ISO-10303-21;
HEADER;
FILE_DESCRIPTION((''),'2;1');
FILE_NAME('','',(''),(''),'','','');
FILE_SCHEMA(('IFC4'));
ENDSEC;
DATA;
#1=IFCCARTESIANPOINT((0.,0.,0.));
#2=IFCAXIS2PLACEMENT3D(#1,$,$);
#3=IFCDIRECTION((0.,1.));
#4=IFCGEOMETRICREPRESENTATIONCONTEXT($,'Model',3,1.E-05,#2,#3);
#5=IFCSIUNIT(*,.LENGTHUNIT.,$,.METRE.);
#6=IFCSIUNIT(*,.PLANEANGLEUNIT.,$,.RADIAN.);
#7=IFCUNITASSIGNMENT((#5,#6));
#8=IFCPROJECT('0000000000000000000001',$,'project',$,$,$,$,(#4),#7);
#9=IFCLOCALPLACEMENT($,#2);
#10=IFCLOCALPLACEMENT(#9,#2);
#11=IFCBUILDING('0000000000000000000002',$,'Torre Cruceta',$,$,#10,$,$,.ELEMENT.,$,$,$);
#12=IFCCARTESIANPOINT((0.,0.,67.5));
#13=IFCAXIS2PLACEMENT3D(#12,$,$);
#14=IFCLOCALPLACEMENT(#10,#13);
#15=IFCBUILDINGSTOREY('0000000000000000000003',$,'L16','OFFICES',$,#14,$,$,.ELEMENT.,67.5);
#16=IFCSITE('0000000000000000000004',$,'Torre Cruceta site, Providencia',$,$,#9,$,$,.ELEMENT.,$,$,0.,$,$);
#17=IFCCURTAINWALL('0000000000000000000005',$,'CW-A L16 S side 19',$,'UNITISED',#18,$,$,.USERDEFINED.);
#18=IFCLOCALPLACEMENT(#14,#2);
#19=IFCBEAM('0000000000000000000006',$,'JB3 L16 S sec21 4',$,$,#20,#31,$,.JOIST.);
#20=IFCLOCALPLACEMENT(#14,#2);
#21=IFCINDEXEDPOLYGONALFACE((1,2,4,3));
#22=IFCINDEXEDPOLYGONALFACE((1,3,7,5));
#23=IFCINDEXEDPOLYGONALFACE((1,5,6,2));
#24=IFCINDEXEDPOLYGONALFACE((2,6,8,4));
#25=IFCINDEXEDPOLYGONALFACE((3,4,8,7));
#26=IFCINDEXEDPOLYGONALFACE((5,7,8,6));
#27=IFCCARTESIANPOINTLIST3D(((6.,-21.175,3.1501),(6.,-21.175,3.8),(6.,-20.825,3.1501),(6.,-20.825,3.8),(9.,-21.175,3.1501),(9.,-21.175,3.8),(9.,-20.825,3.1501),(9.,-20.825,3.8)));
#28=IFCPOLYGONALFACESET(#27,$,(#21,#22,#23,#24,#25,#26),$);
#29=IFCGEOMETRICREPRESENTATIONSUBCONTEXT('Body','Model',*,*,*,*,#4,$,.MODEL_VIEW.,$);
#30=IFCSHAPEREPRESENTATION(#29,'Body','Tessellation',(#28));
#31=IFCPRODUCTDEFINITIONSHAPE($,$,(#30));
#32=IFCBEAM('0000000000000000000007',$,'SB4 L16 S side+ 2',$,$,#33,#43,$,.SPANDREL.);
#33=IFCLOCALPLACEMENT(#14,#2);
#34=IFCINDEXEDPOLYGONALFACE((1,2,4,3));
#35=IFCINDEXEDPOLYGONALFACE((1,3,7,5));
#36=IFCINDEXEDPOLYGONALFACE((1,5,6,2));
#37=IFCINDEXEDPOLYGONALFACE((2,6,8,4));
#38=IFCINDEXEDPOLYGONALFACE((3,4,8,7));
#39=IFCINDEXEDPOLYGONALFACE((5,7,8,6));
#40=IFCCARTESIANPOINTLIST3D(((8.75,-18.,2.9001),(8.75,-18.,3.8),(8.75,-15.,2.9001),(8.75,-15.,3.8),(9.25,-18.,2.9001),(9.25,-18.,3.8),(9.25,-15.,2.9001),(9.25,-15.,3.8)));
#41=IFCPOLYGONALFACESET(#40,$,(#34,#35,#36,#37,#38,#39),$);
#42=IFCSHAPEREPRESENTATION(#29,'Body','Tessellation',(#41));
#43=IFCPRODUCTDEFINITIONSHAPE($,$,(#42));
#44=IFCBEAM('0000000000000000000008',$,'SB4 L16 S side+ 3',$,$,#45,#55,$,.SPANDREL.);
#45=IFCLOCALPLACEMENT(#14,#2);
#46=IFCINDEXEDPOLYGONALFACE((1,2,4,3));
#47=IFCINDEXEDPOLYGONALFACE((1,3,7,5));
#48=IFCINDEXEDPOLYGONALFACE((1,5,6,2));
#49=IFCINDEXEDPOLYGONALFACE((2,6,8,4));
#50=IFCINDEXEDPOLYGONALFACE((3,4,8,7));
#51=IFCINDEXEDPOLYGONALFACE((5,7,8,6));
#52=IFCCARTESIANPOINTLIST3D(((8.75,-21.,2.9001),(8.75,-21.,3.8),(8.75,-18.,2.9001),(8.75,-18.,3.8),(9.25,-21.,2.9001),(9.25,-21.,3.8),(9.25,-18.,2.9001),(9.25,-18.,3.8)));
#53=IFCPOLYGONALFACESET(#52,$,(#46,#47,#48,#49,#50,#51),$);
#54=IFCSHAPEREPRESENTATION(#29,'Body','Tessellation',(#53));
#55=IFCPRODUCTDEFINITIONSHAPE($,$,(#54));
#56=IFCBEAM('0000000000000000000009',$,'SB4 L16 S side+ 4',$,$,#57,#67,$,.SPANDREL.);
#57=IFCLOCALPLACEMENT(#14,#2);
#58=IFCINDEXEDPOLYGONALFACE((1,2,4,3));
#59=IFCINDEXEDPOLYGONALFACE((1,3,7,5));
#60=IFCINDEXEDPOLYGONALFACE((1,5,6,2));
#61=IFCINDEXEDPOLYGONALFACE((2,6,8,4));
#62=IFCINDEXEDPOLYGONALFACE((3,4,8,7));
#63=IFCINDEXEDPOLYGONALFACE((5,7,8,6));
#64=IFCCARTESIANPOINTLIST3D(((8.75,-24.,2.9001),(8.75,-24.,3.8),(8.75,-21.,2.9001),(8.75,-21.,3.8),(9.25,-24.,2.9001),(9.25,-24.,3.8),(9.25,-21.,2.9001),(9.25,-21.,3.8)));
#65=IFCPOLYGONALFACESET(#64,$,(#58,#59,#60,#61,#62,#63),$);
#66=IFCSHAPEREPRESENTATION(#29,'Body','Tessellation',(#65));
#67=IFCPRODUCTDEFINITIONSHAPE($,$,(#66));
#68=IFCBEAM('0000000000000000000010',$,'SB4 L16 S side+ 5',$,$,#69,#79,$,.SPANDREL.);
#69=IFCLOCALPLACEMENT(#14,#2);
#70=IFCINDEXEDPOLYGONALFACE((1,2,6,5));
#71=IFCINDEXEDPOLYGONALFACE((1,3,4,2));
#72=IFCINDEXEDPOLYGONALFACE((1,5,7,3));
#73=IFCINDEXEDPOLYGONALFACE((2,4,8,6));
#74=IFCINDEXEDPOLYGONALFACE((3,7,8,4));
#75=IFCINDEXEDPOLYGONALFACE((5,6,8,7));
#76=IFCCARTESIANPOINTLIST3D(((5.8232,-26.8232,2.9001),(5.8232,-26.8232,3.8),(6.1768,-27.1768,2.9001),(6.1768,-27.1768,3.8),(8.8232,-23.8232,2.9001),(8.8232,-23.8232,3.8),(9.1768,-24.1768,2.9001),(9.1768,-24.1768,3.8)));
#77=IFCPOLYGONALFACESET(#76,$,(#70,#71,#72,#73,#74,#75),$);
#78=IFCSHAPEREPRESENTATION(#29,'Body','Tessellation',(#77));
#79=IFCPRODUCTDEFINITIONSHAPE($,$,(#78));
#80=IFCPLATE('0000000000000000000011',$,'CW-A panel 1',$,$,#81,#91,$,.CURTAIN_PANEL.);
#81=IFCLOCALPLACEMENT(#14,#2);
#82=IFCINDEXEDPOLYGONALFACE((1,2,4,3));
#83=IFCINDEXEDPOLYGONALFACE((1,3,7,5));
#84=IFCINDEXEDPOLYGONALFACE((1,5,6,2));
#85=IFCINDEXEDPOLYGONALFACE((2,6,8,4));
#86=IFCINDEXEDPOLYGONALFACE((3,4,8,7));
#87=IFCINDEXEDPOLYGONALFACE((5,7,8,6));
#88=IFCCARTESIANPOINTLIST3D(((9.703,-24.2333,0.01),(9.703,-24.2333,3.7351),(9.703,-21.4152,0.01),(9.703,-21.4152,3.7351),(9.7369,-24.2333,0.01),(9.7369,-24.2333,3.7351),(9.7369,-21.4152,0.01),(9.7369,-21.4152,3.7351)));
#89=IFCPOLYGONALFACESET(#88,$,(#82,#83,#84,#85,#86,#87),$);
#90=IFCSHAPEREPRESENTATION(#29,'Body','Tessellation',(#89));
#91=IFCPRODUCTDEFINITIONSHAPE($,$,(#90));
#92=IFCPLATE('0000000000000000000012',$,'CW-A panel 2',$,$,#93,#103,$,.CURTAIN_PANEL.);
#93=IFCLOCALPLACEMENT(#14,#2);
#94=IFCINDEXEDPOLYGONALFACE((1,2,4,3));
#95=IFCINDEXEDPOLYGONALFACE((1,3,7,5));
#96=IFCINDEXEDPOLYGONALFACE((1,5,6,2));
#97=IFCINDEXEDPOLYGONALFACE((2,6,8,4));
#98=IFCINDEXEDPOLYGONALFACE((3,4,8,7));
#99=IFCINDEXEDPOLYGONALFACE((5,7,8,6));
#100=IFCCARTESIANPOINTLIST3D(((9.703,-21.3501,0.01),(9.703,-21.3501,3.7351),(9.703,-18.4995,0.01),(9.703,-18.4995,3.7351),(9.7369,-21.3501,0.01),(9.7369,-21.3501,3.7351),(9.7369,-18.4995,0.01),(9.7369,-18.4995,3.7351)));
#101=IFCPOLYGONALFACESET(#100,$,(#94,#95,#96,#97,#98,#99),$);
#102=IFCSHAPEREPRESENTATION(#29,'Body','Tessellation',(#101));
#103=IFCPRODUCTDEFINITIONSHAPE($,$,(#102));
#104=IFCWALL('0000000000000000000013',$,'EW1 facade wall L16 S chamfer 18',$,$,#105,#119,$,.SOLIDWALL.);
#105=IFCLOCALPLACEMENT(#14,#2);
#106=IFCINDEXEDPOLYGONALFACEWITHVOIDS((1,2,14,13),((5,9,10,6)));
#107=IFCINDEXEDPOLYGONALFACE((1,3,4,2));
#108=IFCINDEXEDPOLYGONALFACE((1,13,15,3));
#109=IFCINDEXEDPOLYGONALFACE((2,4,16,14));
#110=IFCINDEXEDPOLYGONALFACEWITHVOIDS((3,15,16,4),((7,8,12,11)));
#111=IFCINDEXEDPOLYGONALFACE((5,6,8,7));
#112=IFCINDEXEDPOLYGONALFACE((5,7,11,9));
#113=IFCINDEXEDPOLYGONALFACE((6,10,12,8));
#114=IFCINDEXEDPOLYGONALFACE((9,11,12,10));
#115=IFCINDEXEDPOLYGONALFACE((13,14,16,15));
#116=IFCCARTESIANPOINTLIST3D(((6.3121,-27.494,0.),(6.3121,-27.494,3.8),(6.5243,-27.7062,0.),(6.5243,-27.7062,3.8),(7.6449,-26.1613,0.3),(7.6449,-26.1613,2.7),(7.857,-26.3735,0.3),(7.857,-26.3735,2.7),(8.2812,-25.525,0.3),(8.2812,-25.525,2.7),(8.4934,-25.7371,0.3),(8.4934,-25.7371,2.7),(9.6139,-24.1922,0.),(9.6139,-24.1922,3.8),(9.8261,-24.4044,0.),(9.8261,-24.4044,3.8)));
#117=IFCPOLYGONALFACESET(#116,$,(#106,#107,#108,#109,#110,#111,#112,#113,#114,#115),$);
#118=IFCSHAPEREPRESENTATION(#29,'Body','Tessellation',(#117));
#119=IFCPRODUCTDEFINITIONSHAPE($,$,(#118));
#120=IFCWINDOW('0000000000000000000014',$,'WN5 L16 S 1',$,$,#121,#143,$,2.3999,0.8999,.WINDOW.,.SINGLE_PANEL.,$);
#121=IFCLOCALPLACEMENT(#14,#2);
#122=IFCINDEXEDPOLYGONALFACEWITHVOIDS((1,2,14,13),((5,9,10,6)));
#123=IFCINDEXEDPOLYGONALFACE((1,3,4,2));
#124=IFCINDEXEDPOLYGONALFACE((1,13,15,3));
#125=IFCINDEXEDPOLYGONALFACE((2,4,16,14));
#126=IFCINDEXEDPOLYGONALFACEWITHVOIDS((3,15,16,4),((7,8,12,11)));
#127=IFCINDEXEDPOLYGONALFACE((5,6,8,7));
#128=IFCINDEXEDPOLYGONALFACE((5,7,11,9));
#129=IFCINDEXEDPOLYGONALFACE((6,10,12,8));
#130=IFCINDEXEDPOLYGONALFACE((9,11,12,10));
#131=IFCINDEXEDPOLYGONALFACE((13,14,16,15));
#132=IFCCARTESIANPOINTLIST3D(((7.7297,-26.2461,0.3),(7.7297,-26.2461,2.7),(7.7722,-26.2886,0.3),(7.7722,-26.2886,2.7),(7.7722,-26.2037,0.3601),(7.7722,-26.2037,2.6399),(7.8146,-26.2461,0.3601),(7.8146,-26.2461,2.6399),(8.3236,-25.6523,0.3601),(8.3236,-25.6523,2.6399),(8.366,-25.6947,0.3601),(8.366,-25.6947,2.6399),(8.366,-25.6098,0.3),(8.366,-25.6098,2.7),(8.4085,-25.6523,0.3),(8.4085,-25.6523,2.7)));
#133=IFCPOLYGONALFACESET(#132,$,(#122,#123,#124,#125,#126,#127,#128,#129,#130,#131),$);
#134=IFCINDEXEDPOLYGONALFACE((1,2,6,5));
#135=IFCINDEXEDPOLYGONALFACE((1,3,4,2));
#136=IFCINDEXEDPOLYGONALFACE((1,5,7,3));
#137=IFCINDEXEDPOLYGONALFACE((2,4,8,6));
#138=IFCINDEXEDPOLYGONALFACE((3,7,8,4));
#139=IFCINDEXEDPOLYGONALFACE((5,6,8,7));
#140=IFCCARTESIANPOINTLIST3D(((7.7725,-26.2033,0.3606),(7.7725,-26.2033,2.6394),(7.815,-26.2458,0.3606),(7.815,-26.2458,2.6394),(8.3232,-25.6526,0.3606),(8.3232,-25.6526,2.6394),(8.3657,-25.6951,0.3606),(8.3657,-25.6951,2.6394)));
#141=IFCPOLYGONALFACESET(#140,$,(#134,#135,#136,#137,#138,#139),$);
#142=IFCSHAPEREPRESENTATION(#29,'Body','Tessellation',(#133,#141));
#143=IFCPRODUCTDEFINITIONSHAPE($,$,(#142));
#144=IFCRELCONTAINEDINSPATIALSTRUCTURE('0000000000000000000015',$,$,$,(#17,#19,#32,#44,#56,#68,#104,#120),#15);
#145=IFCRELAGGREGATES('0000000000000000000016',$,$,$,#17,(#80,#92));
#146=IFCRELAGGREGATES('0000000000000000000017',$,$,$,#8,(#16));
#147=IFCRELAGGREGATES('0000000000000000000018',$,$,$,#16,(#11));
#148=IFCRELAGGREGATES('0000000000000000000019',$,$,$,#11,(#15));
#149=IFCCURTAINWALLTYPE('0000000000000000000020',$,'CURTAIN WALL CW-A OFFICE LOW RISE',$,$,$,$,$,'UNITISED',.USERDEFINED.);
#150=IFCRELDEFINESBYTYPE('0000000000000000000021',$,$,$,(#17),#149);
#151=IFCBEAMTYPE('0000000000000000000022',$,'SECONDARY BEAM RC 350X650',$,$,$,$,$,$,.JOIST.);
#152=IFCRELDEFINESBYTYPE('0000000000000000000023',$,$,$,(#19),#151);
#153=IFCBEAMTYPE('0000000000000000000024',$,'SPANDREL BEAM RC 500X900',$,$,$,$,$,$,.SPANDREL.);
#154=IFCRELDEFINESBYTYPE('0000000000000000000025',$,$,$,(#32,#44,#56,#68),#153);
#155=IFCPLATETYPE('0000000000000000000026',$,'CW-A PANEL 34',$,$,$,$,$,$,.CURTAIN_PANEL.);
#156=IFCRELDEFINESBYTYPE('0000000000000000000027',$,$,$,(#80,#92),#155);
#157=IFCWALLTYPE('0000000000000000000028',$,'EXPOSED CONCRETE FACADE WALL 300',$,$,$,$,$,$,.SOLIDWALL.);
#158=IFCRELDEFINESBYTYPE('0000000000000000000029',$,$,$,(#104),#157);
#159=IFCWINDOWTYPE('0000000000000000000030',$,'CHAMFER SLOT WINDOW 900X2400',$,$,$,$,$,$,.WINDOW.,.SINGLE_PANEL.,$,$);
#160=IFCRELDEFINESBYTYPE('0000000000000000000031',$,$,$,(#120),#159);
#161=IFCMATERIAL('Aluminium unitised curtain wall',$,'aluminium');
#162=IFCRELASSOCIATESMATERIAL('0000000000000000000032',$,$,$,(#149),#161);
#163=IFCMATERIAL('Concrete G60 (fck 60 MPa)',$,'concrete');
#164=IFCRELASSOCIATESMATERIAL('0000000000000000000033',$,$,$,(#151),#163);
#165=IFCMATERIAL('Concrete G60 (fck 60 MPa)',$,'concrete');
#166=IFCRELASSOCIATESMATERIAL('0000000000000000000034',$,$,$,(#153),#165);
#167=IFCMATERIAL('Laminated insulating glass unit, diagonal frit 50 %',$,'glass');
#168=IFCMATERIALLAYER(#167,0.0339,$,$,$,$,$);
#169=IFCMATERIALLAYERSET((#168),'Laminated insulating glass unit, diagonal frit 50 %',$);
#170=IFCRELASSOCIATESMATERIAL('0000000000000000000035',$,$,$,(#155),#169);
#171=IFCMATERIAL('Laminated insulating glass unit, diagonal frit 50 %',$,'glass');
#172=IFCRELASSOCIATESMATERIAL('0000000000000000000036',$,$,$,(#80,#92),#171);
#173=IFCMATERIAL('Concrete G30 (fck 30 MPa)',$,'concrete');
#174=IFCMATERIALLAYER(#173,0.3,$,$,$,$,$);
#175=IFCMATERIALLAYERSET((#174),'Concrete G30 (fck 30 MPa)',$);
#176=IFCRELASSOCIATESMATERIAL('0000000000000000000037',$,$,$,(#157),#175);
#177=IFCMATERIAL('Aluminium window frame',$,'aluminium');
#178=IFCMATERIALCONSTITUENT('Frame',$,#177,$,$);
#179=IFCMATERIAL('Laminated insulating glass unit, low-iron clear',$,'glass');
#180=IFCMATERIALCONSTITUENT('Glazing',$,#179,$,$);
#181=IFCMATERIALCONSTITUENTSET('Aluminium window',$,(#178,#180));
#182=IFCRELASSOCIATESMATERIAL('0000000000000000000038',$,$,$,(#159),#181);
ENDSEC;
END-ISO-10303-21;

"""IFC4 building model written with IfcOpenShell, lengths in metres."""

from ifc_helpers import new_model, si_unit, direction, frame, frame_2d, origin, origin_2d, place, context, subcontext, project, spatial, rectangle, hollow_rectangle, extrude, material, layer, layer_set, constituent, constituent_set, material_profile, profile_set, type_object, element, fill, aggregate, save


model = new_model("IFC4")

# Units and contexts
model_context = context("Model", 3, precision=1e-05, world=origin(), true_north=direction((0.0, 1.0)))
body_context = subcontext(model_context, "Body", "Model", "MODEL_VIEW")
ifc_project = project(units=[si_unit("LENGTHUNIT", "METRE"), si_unit("PLANEANGLEUNIT", "RADIAN")], contexts=[model_context])

# Site, building, storey
site_placement = place(None, origin())
site = spatial("IfcSite", under=ifc_project, at=site_placement, Name="Torre Cruceta site, Providencia", CompositionType="ELEMENT", RefElevation=0.0)
building_placement = place(site_placement, origin())
building = spatial("IfcBuilding", under=site, at=building_placement, Name="Torre Cruceta", CompositionType="ELEMENT")
storey_placement = place(building_placement, frame((0.0, 0.0, 67.5)))
storey = spatial("IfcBuildingStorey", under=building, at=storey_placement, Name="L16", Description="OFFICES", CompositionType="ELEMENT", Elevation=67.5)

# Curtain wall
ifc_material_1 = material(Name="Aluminium unitised curtain wall", Category="aluminium")
curtain_wall_type = type_object("IfcCurtainWallType", Name="CURTAIN WALL CW-A OFFICE LOW RISE", ElementType="UNITISED", PredefinedType="USERDEFINED", material=ifc_material_1)
curtain_wall_placement = place(storey_placement, origin())
curtain_wall = element("IfcCurtainWall", 1, at=curtain_wall_placement, inside=storey, type_object=curtain_wall_type, Name="CW-A L16 S side 19", ObjectType="UNITISED", PredefinedType="USERDEFINED")

# Beams
ifc_material_2 = material(Name="Concrete G60 (fck 60 MPa)", Category="concrete")
ifc_material_profile_1 = material_profile(ifc_material_2, rectangle(XDim=0.3501, YDim=0.6499, at=origin_2d()), Name="RC 350X650")
ifc_profile_set_1 = profile_set([ifc_material_profile_1], Name="Concrete G60 (fck 60 MPa)")
beam_type_1 = type_object("IfcBeamType", Name="SECONDARY BEAM RC 350X650", PredefinedType="JOIST", material=ifc_profile_set_1)
beam_1_placement = place(storey_placement, frame((6.0, -21.0, 3.4751), z_axis=(1.0, 0.0, 0.0), x_axis=(0.0, 1.0, 0.0)))
element("IfcBeam", 2, at=beam_1_placement, inside=storey, type_object=beam_type_1, Name="JB3 L16 S sec21 4", PredefinedType="JOIST", context=body_context, shape_type="SweptSolid", body=[
    extrude(rectangle(XDim=0.3501, YDim=0.6499, at=origin_2d()), origin(), (0.0, 0.0, 1.0), 3.0),
])
ifc_material_3 = material(Name="Concrete G60 (fck 60 MPa)", Category="concrete")
ifc_material_profile_2 = material_profile(ifc_material_3, rectangle(XDim=0.5, YDim=0.8999, at=origin_2d()), Name="RC 500X900")
ifc_profile_set_2 = profile_set([ifc_material_profile_2], Name="Concrete G60 (fck 60 MPa)")
beam_type_2 = type_object("IfcBeamType", Name="SPANDREL BEAM RC 500X900", PredefinedType="SPANDREL", material=ifc_profile_set_2)
for number, where, z_axis, x_axis, name in (
    (3, (9.0, -15.0, 3.3501), (0.0, -1.0, 0.0), (1.0, 0.0, 0.0), "SB4 L16 S side+ 2"),
    (4, (9.0, -18.0, 3.3501), (0.0, -1.0, 0.0), (1.0, 0.0, 0.0), "SB4 L16 S side+ 3"),
    (5, (9.0, -21.0, 3.3501), (0.0, -1.0, 0.0), (1.0, 0.0, 0.0), "SB4 L16 S side+ 4"),
):
    element("IfcBeam", number, at=place(storey_placement, frame(where, z_axis=z_axis, x_axis=x_axis)), inside=storey, type_object=beam_type_2, Name=name, PredefinedType="SPANDREL", context=body_context, shape_type="SweptSolid", body=[
        extrude(rectangle(XDim=0.5, YDim=0.8999, at=origin_2d()), origin(), (0.0, 0.0, 1.0), 3.0),
    ])
beam_2_placement = place(storey_placement, frame((9.0, -24.0, 3.3501), z_axis=(-0.707107, -0.707107, 0.0), x_axis=(0.707107, -0.707107, 0.0)))
element("IfcBeam", 6, at=beam_2_placement, inside=storey, type_object=beam_type_2, Name="SB4 L16 S side+ 5", PredefinedType="SPANDREL", context=body_context, shape_type="SweptSolid", body=[
    extrude(rectangle(XDim=0.5, YDim=0.8999, at=origin_2d()), origin(), (0.0, 0.0, 1.0), 4.2427),
])

# Plates
ifc_material_4 = material(Name="Laminated insulating glass unit, diagonal frit 50 %", Category="glass")
ifc_material_5 = material(Name="Laminated insulating glass unit, diagonal frit 50 %", Category="glass")
ifc_layer_1 = layer(ifc_material_5, 0.0339)
ifc_layer_set_1 = layer_set([ifc_layer_1], Name="Laminated insulating glass unit, diagonal frit 50 %")
plate_type = type_object("IfcPlateType", Name="CW-A PANEL 34", PredefinedType="CURTAIN_PANEL", material=ifc_layer_set_1)
plate_1_placement = place(storey_placement, frame((9.72, -22.8242, 0.01), z_axis=(0.0, 0.0, 1.0), x_axis=(0.0, 1.0, 0.0)))
plate_1 = element("IfcPlate", 7, at=plate_1_placement, type_object=plate_type, material=ifc_material_4, Name="CW-A panel 1", PredefinedType="CURTAIN_PANEL", context=body_context, shape_type="SweptSolid", body=[
    extrude(rectangle(XDim=2.8181, YDim=0.0339, at=origin_2d()), origin(), (0.0, 0.0, 1.0), 3.7251),
])
plate_2_placement = place(storey_placement, frame((9.72, -19.9248, 0.01), z_axis=(0.0, 0.0, 1.0), x_axis=(0.0, 1.0, 0.0)))
plate_2 = element("IfcPlate", 8, at=plate_2_placement, type_object=plate_type, material=ifc_material_4, Name="CW-A panel 2", PredefinedType="CURTAIN_PANEL", context=body_context, shape_type="SweptSolid", body=[
    extrude(rectangle(XDim=2.8506, YDim=0.0339, at=origin_2d()), origin(), (0.0, 0.0, 1.0), 3.7251),
])
aggregate(curtain_wall, [plate_1, plate_2])

# Wall, opening, window
ifc_material_6 = material(Name="Concrete G30 (fck 30 MPa)", Category="concrete")
ifc_layer_2 = layer(ifc_material_6, 0.3)
ifc_layer_set_2 = layer_set([ifc_layer_2], Name="Concrete G30 (fck 30 MPa)")
wall_type_1 = type_object("IfcWallType", Name="EXPOSED CONCRETE FACADE WALL 300", PredefinedType="SOLIDWALL", material=ifc_layer_set_2)
wall_1_placement = place(storey_placement, frame((6.4182, -27.6001, 0.0), z_axis=(0.0, 0.0, 1.0), x_axis=(0.707107, 0.707107, 0.0)))
wall_1 = element("IfcWall", 9, at=wall_1_placement, inside=storey, type_object=wall_type_1, Name="EW1 facade wall L16 S chamfer 18", PredefinedType="SOLIDWALL", context=body_context, shape_type="SweptSolid", body=[
    extrude(rectangle(XDim=4.6694, YDim=0.3, at=frame_2d((2.3347, 0.0))), origin(), (0.0, 0.0, 1.0), 3.8),
])
opening_1_placement = place(wall_1_placement, frame((1.8848, 0.0, 0.3)))
opening_1 = element("IfcOpeningElement", 10, at=opening_1_placement, cuts=wall_1, PredefinedType="OPENING", context=body_context, shape_type="SweptSolid", body=[
    extrude(rectangle(XDim=0.8999, YDim=2.3999, at=frame_2d((0.45, 1.2))), frame((0.0, 0.1599, 0.0), z_axis=(0.0, -1.0, 0.0), x_axis=(1.0, 0.0, 0.0)), (0.0, 0.0, 1.0), 0.3201),
])
ifc_material_7 = material(Name="Aluminium window frame", Category="aluminium")
ifc_constituent_1 = constituent(ifc_material_7, Name="Frame")
ifc_material_8 = material(Name="Laminated insulating glass unit, low-iron clear", Category="glass")
ifc_constituent_2 = constituent(ifc_material_8, Name="Glazing")
ifc_constituent_set_1 = constituent_set(constituents=[ifc_constituent_1, ifc_constituent_2], Name="Aluminium window")
window_type = type_object("IfcWindowType", Name="CHAMFER SLOT WINDOW 900X2400", PartitioningType="SINGLE_PANEL", PredefinedType="WINDOW", material=ifc_constituent_set_1)
window_placement = place(opening_1_placement, origin())
window = element("IfcWindow", 11, at=window_placement, inside=storey, type_object=window_type, Name="WN5 L16 S 1", OverallHeight=2.3999, OverallWidth=0.8999, PartitioningType="SINGLE_PANEL", PredefinedType="WINDOW", context=body_context, shape_type="SweptSolid", body=[
    extrude(hollow_rectangle(XDim=0.8999, YDim=2.3999, WallThickness=0.0601, at=frame_2d((0.45, 1.2))), frame((0.0, 0.03, 0.0), z_axis=(0.0, -1.0, 0.0), x_axis=(1.0, 0.0, 0.0)), (0.0, 0.0, 1.0), 0.0601),
    extrude(rectangle(XDim=0.7788, YDim=2.2788, at=frame_2d((0.45, 1.2))), frame((0.0, 0.03, 0.0), z_axis=(0.0, -1.0, 0.0), x_axis=(1.0, 0.0, 0.0)), (0.0, 0.0, 1.0), 0.0601),
])
fill(opening_1, window)

save(model, "model.ifc")
